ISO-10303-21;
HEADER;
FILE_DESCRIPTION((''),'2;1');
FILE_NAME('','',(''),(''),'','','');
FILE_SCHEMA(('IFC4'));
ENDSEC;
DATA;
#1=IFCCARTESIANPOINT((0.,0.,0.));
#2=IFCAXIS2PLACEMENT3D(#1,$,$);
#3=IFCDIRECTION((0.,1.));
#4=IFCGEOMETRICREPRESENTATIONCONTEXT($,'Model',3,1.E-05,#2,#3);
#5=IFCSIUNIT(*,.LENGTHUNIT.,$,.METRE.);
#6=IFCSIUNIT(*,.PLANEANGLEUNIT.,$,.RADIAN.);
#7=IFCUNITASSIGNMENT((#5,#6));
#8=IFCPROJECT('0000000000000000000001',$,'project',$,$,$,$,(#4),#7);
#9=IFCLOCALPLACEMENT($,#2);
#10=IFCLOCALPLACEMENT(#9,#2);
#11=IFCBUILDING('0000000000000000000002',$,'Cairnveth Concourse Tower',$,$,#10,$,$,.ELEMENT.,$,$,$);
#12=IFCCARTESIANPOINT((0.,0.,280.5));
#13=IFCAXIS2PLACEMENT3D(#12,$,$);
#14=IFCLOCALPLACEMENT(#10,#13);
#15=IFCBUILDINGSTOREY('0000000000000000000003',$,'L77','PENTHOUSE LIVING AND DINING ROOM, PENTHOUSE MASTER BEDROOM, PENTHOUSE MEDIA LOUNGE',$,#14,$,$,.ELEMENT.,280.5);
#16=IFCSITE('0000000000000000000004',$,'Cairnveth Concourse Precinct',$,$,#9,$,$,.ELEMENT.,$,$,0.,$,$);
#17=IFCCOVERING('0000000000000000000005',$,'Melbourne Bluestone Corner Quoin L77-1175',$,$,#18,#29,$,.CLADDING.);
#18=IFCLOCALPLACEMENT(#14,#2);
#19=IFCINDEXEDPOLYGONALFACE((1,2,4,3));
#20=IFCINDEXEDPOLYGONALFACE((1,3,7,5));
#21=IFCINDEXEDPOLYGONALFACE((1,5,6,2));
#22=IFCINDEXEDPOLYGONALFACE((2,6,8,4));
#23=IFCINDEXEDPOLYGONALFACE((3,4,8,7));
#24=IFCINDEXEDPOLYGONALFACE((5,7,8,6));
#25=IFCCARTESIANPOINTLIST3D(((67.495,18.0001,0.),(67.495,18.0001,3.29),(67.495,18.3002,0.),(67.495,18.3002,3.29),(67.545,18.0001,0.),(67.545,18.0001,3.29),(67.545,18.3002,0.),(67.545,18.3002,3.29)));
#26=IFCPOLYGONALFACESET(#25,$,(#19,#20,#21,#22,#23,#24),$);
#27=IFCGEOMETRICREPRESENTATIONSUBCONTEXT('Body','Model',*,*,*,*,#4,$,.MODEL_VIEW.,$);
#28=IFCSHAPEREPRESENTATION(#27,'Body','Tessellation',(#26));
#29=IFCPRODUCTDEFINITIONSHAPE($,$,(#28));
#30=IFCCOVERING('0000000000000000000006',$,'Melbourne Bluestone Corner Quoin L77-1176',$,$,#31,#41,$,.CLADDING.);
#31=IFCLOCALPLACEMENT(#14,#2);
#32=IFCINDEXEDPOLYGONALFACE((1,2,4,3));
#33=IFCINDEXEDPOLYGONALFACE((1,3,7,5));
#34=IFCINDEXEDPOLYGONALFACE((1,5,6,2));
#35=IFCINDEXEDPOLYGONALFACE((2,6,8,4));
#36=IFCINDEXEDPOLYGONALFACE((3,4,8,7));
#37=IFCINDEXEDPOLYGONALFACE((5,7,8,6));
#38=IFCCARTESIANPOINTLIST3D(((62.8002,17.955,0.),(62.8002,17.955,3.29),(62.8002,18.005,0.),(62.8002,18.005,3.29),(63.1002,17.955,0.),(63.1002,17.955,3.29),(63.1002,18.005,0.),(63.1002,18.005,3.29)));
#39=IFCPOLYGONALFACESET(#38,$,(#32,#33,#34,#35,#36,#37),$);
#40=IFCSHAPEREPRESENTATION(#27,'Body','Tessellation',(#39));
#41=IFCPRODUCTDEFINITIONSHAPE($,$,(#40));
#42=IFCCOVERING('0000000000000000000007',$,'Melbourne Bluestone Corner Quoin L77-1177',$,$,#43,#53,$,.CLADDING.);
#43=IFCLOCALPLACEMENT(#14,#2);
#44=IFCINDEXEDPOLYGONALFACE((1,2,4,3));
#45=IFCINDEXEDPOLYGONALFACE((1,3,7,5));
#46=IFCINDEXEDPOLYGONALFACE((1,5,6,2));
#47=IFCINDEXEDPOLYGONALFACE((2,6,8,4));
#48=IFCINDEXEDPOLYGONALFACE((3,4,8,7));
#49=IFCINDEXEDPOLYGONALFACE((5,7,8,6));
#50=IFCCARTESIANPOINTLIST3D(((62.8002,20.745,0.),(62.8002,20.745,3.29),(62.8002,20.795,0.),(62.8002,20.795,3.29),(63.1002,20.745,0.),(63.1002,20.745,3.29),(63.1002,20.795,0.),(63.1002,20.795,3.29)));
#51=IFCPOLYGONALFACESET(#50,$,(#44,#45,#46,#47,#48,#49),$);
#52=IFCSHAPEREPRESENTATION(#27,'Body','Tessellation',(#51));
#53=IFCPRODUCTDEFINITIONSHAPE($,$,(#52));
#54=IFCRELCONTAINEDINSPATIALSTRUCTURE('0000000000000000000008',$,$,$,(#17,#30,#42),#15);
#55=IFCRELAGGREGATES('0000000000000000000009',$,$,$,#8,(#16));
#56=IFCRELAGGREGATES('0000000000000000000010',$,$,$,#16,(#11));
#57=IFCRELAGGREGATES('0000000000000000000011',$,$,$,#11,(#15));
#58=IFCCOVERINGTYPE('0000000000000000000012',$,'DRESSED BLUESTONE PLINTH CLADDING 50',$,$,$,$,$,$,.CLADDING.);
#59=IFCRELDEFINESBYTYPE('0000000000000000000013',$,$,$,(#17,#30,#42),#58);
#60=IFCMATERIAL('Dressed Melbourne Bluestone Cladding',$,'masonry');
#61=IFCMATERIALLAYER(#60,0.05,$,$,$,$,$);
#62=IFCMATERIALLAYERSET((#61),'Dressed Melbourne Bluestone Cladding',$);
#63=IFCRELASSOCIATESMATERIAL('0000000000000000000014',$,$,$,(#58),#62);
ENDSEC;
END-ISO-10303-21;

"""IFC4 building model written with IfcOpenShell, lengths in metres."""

from ifc_helpers import new_model, si_unit, direction, frame, frame_2d, origin, place, context, subcontext, project, spatial, rectangle, extrude, material, layer, layer_set, type_object, element, save


model = new_model("IFC4")

# Units and contexts
model_context = context("Model", 3, precision=1e-05, world=origin(), true_north=direction((0.0, 1.0)))
body_context = subcontext(model_context, "Body", "Model", "MODEL_VIEW")
ifc_project = project(units=[si_unit("LENGTHUNIT", "METRE"), si_unit("PLANEANGLEUNIT", "RADIAN")], contexts=[model_context])

# Site, building, storey
site_placement = place(None, origin())
site = spatial("IfcSite", under=ifc_project, at=site_placement, Name="Cairnveth Concourse Precinct", CompositionType="ELEMENT", RefElevation=0.0)
building_placement = place(site_placement, origin())
building = spatial("IfcBuilding", under=site, at=building_placement, Name="Cairnveth Concourse Tower", CompositionType="ELEMENT")
storey_placement = place(building_placement, frame((0.0, 0.0, 280.5)))
storey = spatial("IfcBuildingStorey", under=building, at=storey_placement, Name="L77", Description="PENTHOUSE LIVING AND DINING ROOM, PENTHOUSE MASTER BEDROOM, PENTHOUSE MEDIA LOUNGE", CompositionType="ELEMENT", Elevation=280.5)

# Coverings
ifc_material_1 = material(Name="Dressed Melbourne Bluestone Cladding", Category="masonry")
ifc_layer_1 = layer(ifc_material_1, 0.05)
ifc_layer_set_1 = layer_set([ifc_layer_1], Name="Dressed Melbourne Bluestone Cladding")
covering_type = type_object("IfcCoveringType", Name="DRESSED BLUESTONE PLINTH CLADDING 50", PredefinedType="CLADDING", material=ifc_layer_set_1)
for number, where, z_axis, x_axis, name in (
    (1, (67.52, 18.3, 0.0), (0.0, 0.0, 1.0), (0.0, -1.0, 0.0), "Melbourne Bluestone Corner Quoin L77-1175"),
    (2, (63.1001, 17.98, 0.0), (0.0, 0.0, 1.0), (-1.0, 0.0, 0.0), "Melbourne Bluestone Corner Quoin L77-1176"),
    (3, (63.1001, 20.77, 0.0), (0.0, 0.0, 1.0), (-1.0, 0.0, 0.0), "Melbourne Bluestone Corner Quoin L77-1177"),
):
    element("IfcCovering", number, at=place(storey_placement, frame(where, z_axis=z_axis, x_axis=x_axis)), inside=storey, type_object=covering_type, Name=name, PredefinedType="CLADDING", context=body_context, shape_type="SweptSolid", body=[
        extrude(rectangle(XDim=0.3, YDim=0.05, at=frame_2d((0.1499, 0.0))), origin(), (0.0, 0.0, 1.0), 3.29),
    ])

save(model, "model.ifc")
